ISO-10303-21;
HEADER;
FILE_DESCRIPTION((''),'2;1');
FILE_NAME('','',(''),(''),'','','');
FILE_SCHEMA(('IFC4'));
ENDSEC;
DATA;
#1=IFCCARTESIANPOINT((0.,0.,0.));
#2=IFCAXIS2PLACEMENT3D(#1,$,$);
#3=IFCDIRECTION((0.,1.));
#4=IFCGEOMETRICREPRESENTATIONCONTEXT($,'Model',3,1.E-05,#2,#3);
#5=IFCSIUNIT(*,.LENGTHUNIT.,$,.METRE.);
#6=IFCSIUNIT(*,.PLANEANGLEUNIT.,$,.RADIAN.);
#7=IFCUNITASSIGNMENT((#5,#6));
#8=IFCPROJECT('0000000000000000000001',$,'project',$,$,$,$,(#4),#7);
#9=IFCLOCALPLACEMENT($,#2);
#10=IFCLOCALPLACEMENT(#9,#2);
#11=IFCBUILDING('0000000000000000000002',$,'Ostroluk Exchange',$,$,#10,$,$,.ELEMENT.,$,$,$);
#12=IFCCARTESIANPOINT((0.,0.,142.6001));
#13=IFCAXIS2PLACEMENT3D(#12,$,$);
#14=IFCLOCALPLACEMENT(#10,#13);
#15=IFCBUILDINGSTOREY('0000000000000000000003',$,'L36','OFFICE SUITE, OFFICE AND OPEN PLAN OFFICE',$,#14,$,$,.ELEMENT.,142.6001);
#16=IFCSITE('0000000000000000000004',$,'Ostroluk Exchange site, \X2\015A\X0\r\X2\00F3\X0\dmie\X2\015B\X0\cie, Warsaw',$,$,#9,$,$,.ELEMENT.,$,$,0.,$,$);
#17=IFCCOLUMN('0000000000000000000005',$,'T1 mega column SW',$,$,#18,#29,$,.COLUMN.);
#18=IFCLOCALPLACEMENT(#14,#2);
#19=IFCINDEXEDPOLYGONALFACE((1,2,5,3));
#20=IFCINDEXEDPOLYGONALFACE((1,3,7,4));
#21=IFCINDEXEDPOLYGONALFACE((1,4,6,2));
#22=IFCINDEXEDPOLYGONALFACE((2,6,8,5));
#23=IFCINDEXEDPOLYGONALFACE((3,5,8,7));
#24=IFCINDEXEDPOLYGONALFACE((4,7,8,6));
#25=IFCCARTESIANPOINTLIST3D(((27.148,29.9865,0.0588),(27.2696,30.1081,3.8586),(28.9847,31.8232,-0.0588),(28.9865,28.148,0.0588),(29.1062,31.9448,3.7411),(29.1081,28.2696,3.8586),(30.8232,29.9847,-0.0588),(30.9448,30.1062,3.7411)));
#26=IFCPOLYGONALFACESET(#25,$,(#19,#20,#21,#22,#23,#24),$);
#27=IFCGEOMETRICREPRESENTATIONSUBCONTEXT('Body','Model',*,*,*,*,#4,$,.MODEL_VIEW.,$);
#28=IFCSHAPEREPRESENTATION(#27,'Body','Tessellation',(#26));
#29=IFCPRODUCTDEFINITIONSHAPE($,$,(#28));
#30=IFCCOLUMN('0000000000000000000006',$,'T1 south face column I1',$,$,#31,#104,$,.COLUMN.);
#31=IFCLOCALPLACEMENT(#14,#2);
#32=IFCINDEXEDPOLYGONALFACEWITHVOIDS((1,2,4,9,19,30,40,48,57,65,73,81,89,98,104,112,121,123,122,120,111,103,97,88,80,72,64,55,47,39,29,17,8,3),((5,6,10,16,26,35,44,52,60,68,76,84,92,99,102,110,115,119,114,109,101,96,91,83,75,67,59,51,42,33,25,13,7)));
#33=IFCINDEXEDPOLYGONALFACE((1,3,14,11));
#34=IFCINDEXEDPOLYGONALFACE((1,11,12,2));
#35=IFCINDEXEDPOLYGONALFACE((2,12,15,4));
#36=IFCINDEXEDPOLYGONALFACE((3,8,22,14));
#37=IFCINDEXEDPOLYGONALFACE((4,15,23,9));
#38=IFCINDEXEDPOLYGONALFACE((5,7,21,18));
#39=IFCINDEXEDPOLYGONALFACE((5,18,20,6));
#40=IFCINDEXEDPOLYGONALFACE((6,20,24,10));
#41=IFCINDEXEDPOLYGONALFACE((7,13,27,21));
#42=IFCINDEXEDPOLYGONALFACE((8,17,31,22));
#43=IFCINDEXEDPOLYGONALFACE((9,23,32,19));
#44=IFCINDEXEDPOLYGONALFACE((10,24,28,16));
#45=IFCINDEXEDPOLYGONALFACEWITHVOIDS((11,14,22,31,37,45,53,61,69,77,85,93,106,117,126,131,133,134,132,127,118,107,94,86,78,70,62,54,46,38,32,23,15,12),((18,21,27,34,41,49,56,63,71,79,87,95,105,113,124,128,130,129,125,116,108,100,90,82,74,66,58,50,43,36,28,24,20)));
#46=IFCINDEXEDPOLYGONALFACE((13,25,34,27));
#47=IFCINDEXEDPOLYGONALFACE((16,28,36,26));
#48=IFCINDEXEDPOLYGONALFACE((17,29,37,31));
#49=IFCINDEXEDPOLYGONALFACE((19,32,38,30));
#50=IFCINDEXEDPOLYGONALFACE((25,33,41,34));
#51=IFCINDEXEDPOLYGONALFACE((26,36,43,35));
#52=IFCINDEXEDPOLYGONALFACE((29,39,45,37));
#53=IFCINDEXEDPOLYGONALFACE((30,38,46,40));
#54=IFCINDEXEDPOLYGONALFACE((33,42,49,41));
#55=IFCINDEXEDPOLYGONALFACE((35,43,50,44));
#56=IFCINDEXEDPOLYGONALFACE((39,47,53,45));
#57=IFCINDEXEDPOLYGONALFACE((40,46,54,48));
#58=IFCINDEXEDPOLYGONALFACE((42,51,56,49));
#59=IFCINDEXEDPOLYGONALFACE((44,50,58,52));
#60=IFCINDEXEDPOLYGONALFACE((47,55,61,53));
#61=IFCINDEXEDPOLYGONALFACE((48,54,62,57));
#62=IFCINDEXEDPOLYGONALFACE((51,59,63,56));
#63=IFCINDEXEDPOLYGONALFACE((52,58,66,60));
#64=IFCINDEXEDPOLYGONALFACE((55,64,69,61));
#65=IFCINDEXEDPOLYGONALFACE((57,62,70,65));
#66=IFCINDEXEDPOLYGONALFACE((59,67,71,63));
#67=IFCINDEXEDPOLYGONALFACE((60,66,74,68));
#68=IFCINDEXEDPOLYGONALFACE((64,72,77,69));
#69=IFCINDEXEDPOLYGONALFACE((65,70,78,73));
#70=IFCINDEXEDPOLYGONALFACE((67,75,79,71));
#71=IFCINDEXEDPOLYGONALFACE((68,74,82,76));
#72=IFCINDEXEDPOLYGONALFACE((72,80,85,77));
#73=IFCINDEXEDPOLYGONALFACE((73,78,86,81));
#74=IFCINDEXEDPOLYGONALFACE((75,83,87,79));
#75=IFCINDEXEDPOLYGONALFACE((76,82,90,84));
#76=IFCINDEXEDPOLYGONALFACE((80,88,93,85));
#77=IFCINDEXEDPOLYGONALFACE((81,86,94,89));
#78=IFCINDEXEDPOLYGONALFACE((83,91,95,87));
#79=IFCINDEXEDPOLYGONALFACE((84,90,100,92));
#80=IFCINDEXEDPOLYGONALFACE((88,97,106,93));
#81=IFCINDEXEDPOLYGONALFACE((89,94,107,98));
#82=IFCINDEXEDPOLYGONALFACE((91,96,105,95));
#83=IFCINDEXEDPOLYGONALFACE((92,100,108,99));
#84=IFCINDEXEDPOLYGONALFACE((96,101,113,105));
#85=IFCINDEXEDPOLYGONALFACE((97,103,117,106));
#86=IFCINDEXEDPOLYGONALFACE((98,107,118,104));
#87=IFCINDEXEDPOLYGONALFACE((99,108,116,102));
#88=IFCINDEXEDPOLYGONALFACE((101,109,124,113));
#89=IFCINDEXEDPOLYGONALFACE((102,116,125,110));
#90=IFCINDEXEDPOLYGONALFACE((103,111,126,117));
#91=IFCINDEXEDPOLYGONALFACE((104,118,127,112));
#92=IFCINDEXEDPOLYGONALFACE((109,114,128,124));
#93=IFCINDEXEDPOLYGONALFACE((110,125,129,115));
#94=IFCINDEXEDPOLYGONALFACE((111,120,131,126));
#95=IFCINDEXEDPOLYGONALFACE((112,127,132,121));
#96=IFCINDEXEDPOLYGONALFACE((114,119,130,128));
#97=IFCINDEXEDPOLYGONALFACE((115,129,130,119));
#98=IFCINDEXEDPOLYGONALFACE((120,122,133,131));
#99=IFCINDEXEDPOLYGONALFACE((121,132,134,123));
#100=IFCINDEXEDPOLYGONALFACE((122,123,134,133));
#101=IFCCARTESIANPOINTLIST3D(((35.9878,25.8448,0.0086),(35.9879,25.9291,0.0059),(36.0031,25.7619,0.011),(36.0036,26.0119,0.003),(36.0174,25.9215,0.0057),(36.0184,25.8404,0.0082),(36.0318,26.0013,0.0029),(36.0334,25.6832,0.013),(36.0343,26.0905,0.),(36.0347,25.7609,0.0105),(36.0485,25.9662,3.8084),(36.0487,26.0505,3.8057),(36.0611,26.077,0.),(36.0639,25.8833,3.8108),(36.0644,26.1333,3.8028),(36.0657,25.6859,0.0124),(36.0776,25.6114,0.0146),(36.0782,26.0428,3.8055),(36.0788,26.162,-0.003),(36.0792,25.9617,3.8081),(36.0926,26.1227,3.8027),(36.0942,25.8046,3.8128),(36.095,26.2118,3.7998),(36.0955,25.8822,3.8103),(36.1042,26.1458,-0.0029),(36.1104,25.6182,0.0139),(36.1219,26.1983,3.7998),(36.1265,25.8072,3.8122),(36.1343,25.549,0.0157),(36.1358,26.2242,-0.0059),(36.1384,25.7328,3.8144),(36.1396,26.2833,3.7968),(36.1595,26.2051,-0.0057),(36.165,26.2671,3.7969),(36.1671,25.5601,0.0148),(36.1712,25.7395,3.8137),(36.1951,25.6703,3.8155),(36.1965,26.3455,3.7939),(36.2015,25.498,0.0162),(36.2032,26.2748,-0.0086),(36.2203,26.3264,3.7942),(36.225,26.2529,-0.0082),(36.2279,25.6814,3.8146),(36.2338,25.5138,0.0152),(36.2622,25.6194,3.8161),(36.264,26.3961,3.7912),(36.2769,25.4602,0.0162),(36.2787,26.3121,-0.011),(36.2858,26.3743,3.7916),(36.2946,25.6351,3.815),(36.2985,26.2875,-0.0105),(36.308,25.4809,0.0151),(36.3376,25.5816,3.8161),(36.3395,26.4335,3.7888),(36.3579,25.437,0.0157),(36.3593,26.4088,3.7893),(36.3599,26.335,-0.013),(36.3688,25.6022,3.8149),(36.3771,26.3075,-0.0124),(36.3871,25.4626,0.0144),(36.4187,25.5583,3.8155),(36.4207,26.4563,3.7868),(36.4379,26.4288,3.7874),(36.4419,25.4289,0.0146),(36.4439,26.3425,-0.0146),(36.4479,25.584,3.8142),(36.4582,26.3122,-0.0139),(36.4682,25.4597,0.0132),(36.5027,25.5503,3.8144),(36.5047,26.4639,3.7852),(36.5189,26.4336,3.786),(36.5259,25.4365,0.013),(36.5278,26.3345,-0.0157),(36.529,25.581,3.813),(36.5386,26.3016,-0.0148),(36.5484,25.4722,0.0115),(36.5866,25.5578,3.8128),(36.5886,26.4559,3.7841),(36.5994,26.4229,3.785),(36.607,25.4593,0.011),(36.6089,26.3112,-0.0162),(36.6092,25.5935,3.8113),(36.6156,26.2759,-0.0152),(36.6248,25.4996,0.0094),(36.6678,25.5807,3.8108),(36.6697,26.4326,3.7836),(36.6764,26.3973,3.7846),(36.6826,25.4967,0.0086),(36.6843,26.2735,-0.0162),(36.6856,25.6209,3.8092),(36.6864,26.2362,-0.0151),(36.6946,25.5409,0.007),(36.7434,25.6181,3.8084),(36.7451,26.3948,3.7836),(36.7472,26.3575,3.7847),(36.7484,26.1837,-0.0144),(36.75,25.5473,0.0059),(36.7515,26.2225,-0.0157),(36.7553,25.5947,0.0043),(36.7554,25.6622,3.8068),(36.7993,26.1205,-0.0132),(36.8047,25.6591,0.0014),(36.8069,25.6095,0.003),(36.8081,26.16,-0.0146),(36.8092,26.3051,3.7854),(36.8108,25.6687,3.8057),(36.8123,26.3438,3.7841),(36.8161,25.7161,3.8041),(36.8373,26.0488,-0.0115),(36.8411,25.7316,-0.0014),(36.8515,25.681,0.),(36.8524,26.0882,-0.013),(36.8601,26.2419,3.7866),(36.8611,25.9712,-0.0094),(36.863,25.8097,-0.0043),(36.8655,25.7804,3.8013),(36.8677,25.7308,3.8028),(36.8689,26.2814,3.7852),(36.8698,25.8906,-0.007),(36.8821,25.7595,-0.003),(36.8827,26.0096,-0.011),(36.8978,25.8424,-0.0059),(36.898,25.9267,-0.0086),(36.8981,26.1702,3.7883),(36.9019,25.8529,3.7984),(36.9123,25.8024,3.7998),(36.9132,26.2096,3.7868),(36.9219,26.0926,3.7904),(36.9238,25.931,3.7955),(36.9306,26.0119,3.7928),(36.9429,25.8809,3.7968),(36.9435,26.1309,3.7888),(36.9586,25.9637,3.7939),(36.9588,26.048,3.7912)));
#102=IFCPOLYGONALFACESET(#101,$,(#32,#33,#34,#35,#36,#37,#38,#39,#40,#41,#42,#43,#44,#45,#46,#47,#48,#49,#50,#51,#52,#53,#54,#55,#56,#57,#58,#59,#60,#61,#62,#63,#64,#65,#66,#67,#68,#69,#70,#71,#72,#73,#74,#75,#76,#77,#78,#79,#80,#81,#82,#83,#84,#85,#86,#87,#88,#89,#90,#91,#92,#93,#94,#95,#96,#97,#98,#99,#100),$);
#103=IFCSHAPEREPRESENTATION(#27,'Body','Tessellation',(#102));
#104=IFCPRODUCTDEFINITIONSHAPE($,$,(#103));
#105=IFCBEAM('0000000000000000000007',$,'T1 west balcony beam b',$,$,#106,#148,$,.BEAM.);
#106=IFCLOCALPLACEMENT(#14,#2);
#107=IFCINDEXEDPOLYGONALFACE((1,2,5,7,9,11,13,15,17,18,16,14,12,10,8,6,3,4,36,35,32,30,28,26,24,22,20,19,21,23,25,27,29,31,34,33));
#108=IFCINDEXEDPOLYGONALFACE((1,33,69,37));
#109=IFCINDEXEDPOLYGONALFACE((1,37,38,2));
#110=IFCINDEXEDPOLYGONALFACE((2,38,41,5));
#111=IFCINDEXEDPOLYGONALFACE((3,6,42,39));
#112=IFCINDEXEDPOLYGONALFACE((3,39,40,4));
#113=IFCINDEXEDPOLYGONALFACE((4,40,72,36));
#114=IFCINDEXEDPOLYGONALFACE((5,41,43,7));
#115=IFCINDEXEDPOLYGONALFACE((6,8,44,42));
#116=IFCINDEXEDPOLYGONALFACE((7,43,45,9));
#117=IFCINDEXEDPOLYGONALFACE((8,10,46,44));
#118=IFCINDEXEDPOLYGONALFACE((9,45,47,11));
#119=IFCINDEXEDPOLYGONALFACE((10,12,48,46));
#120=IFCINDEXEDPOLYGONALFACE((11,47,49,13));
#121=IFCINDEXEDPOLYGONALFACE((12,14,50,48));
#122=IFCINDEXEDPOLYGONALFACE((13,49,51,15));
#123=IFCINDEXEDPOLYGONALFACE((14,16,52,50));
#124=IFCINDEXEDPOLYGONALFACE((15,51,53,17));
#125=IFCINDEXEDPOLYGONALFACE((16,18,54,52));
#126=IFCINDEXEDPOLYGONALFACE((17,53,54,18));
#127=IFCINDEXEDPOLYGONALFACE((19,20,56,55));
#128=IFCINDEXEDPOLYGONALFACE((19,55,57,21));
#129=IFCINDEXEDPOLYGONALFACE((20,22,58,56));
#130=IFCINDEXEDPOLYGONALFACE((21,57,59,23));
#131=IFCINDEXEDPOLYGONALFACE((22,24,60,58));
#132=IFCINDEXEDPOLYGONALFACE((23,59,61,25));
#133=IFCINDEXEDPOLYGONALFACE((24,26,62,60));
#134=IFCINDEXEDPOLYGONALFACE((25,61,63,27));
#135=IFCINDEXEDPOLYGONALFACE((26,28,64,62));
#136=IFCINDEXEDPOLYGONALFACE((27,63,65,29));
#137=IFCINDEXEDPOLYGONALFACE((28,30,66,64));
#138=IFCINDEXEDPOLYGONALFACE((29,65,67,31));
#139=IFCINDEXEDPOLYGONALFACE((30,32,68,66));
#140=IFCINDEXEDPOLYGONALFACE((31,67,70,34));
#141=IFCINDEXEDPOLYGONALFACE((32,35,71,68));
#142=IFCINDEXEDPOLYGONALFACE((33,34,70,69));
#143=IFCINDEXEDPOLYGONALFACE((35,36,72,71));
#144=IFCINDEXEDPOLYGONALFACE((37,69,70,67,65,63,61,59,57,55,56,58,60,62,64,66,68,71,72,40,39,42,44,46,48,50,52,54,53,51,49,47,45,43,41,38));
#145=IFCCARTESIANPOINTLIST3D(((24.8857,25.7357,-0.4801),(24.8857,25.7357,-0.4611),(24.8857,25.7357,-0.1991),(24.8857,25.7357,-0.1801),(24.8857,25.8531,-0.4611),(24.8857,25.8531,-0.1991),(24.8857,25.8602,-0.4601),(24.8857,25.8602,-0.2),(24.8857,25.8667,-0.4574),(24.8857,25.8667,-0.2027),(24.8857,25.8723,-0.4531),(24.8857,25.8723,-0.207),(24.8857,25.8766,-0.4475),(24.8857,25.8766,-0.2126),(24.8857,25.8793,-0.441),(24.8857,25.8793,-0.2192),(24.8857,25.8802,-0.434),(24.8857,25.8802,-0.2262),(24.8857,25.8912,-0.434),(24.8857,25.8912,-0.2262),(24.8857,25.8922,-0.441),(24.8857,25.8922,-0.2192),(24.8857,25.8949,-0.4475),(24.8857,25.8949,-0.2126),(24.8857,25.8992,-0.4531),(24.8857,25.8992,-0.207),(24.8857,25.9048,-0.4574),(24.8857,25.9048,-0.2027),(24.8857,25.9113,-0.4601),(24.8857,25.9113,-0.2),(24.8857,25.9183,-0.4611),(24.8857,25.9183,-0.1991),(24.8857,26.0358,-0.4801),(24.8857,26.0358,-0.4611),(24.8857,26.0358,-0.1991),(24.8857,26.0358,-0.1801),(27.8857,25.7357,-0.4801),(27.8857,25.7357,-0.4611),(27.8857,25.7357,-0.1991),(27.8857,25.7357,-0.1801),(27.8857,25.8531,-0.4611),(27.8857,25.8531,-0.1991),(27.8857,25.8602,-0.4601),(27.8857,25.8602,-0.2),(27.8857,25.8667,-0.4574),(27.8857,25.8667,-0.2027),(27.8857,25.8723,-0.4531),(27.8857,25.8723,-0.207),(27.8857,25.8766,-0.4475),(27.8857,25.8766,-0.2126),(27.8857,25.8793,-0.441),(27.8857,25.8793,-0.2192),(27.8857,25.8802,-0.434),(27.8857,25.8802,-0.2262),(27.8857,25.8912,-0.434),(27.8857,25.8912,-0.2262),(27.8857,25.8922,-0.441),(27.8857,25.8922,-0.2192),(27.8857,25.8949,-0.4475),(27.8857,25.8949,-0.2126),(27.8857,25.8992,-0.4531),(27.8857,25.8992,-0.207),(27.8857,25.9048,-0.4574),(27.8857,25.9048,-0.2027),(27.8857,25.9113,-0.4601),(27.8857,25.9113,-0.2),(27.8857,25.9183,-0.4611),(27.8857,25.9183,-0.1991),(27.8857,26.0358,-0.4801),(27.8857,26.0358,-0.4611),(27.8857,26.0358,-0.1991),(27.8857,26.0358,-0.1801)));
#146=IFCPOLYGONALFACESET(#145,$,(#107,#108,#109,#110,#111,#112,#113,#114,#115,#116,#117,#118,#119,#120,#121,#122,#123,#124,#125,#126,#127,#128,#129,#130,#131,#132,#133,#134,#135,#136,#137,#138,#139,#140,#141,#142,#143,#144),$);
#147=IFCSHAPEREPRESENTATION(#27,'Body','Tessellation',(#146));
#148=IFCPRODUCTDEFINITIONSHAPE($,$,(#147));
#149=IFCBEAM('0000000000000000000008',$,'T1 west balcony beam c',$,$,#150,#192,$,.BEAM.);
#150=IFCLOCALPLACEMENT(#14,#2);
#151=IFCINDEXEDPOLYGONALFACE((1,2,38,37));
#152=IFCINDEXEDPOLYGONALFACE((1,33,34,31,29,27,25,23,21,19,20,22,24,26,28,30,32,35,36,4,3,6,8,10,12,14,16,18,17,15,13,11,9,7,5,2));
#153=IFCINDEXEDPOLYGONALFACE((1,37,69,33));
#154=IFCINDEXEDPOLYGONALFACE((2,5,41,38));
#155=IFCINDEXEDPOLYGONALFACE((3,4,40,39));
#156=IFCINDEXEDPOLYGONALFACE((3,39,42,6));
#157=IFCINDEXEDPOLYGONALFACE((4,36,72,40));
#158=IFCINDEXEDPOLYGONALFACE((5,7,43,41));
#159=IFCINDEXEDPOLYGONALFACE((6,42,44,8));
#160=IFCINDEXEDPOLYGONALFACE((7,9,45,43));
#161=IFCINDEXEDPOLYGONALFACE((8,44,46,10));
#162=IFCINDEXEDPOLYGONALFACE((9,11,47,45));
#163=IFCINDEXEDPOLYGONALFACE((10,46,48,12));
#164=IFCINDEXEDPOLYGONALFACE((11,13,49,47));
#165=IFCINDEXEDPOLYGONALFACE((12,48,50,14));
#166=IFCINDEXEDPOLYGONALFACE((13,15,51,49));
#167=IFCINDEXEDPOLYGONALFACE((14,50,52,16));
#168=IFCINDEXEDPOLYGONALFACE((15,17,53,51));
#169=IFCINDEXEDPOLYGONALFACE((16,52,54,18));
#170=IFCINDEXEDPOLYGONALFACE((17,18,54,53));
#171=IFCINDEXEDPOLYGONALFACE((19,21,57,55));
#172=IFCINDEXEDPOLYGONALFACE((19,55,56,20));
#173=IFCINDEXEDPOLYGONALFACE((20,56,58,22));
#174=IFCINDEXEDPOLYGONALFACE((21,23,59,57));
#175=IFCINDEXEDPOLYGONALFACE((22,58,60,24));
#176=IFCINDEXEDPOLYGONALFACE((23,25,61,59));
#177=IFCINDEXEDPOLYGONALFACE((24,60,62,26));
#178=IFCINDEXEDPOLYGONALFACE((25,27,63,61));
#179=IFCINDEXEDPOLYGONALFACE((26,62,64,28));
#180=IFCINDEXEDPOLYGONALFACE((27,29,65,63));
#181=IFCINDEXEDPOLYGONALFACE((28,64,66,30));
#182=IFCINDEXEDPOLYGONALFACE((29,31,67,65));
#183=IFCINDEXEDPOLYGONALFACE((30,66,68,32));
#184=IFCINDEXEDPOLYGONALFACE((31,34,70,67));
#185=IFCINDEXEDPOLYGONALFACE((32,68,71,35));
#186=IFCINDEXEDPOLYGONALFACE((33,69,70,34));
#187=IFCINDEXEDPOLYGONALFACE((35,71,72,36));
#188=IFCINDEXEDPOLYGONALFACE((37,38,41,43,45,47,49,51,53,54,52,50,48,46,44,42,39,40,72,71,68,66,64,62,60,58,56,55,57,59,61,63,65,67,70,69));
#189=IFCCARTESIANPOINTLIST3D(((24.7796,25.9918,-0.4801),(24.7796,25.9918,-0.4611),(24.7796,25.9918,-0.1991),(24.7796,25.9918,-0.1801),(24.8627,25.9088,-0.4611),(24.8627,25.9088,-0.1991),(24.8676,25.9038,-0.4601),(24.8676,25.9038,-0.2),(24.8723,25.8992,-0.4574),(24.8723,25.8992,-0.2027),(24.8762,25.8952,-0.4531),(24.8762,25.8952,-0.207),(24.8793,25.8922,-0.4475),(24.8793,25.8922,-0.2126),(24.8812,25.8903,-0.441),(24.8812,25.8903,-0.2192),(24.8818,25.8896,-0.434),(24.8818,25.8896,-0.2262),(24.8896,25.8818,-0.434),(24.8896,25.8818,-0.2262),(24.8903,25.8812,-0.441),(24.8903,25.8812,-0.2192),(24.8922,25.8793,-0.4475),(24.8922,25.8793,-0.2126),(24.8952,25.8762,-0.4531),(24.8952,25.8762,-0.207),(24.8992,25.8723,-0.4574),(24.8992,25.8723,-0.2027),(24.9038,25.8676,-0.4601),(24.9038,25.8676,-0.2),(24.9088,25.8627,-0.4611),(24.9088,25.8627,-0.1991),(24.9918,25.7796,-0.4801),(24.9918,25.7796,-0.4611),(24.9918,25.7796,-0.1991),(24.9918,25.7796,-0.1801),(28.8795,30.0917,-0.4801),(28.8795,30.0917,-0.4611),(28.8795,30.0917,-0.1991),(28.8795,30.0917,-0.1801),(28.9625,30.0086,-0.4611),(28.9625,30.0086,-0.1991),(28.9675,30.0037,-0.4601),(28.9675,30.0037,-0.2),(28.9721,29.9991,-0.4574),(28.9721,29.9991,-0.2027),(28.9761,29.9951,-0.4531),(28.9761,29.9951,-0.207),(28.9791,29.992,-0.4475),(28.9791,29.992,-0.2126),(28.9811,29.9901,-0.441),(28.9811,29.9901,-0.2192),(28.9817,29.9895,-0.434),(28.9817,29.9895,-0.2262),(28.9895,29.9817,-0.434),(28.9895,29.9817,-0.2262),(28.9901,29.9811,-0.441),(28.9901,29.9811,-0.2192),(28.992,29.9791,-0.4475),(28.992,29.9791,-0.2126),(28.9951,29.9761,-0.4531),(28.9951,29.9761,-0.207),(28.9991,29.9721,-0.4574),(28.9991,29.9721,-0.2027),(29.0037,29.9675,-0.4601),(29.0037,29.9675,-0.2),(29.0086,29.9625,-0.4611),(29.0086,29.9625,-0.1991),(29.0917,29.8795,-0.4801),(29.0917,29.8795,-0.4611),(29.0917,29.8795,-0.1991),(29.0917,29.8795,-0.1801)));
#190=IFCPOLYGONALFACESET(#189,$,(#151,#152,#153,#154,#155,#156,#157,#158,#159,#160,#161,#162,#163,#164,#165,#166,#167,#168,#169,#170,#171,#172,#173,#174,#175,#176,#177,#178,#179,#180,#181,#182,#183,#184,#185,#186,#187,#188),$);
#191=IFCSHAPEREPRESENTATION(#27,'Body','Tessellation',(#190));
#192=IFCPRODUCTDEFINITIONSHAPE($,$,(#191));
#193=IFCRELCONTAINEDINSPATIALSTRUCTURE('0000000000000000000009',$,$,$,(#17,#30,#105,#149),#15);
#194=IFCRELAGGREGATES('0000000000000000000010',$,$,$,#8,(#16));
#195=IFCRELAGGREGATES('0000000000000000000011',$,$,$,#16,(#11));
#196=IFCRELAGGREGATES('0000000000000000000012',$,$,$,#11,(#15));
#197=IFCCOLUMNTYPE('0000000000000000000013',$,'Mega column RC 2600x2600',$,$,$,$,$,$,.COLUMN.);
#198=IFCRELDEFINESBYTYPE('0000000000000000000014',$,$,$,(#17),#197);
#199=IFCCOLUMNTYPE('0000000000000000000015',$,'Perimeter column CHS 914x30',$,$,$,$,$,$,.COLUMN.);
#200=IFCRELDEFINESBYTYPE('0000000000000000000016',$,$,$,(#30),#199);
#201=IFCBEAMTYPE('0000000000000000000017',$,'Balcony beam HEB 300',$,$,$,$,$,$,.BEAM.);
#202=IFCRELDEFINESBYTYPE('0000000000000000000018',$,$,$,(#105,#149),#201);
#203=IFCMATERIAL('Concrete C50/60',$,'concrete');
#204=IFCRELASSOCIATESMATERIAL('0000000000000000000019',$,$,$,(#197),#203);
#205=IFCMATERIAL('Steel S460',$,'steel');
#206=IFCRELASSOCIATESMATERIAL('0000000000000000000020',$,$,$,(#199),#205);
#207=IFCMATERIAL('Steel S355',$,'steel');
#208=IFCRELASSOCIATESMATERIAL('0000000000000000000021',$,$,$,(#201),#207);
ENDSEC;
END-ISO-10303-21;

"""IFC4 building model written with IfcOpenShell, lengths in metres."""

from ifc_helpers import new_model, si_unit, direction, frame, origin, origin_2d, place, context, subcontext, project, spatial, rectangle, hollow_circle, i_section, extrude, material, material_profile, profile_set, type_object, element, save


model = new_model("IFC4")

# Units and contexts
model_context = context("Model", 3, precision=1e-05, world=origin(), true_north=direction((0.0, 1.0)))
body_context = subcontext(model_context, "Body", "Model", "MODEL_VIEW")
ifc_project = project(units=[si_unit("LENGTHUNIT", "METRE"), si_unit("PLANEANGLEUNIT", "RADIAN")], contexts=[model_context])

# Site, building, storey
site_placement = place(None, origin())
site = spatial("IfcSite", under=ifc_project, at=site_placement, Name="Ostroluk Exchange site, Śródmieście, Warsaw", CompositionType="ELEMENT", RefElevation=0.0)
building_placement = place(site_placement, origin())
building = spatial("IfcBuilding", under=site, at=building_placement, Name="Ostroluk Exchange", CompositionType="ELEMENT")
storey_placement = place(building_placement, frame((0.0, 0.0, 142.6001)))
storey = spatial("IfcBuildingStorey", under=building, at=storey_placement, Name="L36", Description="OFFICE SUITE, OFFICE AND OPEN PLAN OFFICE", CompositionType="ELEMENT", Elevation=142.6001)

# Columns
ifc_material_1 = material(Name="Concrete C50/60", Category="concrete")
ifc_material_profile_1 = material_profile(ifc_material_1, rectangle(XDim=2.6001, YDim=2.6001, at=origin_2d()), Name="RC 2600x2600")
ifc_profile_set_1 = profile_set([ifc_material_profile_1], Name="Concrete C50/60")
column_type_1 = type_object("IfcColumnType", Name="Mega column RC 2600x2600", PredefinedType="COLUMN", material=ifc_profile_set_1)
column_1_placement = place(storey_placement, frame((28.9856, 29.9856, 0.0), z_axis=(0.031964, 0.031964, 0.998978), x_axis=(-0.707107, 0.707107, 0.0)))
element("IfcColumn", 1, at=column_1_placement, inside=storey, type_object=column_type_1, Name="T1 mega column SW", PredefinedType="COLUMN", context=body_context, shape_type="SweptSolid", body=[
    extrude(rectangle(XDim=2.6001, YDim=2.6001, at=origin_2d()), origin(), (0.0, 0.0, 1.0), 3.8037),
])
ifc_material_2 = material(Name="Steel S460", Category="steel")
ifc_material_profile_2 = material_profile(ifc_material_2, hollow_circle(Radius=0.457, WallThickness=0.03, at=origin_2d()), Name="CHS 914x30")
ifc_profile_set_2 = profile_set([ifc_material_profile_2], Name="Steel S460")
column_type_2 = type_object("IfcColumnType", Name="Perimeter column CHS 914x30", PredefinedType="COLUMN", material=ifc_profile_set_2)
column_2_placement = place(storey_placement, frame((36.4429, 25.8857, 0.0), z_axis=(0.015988, 0.031912, 0.999363), x_axis=(-0.894067, 0.447933, 0.0)))
element("IfcColumn", 2, at=column_2_placement, inside=storey, type_object=column_type_2, Name="T1 south face column I1", PredefinedType="COLUMN", context=body_context, shape_type="SweptSolid", body=[
    extrude(hollow_circle(Radius=0.457, WallThickness=0.03, at=origin_2d()), origin(), (0.0, 0.0, 1.0), 3.8022),
])

# Beams
ifc_material_3 = material(Name="Steel S355", Category="steel")
ifc_material_profile_3 = material_profile(ifc_material_3, i_section(OverallWidth=0.3, OverallDepth=0.3, WebThickness=0.011, FlangeThickness=0.019, FilletRadius=0.0271, at=origin_2d()), Name="HEB 300")
ifc_profile_set_3 = profile_set([ifc_material_profile_3], Name="Steel S355")
beam_type_1 = type_object("IfcBeamType", Name="Balcony beam HEB 300", PredefinedType="BEAM", material=ifc_profile_set_3)
beam_1_placement = place(storey_placement, frame((27.8857, 25.8857, -0.3301), z_axis=(-1.0, 0.0, 0.0), x_axis=(0.0, -1.0, 0.0)))
element("IfcBeam", 3, at=beam_1_placement, inside=storey, type_object=beam_type_1, Name="T1 west balcony beam b", PredefinedType="BEAM", context=body_context, shape_type="SweptSolid", body=[
    extrude(i_section(OverallWidth=0.3, OverallDepth=0.3, WebThickness=0.011, FlangeThickness=0.019, FilletRadius=0.0271, at=origin_2d()), origin(), (0.0, 0.0, 1.0), 3.0),
])
beam_2_placement = place(storey_placement, frame((28.9856, 29.9856, -0.3301), z_axis=(-0.707107, -0.707107, 0.0), x_axis=(0.707107, -0.707107, 0.0)))
element("IfcBeam", 4, at=beam_2_placement, inside=storey, type_object=beam_type_1, Name="T1 west balcony beam c", PredefinedType="BEAM", context=body_context, shape_type="SweptSolid", body=[
    extrude(i_section(OverallWidth=0.3, OverallDepth=0.3, WebThickness=0.011, FlangeThickness=0.019, FilletRadius=0.0271, at=origin_2d()), origin(), (0.0, 0.0, 1.0), 5.7981),
])

save(model, "model.ifc")
